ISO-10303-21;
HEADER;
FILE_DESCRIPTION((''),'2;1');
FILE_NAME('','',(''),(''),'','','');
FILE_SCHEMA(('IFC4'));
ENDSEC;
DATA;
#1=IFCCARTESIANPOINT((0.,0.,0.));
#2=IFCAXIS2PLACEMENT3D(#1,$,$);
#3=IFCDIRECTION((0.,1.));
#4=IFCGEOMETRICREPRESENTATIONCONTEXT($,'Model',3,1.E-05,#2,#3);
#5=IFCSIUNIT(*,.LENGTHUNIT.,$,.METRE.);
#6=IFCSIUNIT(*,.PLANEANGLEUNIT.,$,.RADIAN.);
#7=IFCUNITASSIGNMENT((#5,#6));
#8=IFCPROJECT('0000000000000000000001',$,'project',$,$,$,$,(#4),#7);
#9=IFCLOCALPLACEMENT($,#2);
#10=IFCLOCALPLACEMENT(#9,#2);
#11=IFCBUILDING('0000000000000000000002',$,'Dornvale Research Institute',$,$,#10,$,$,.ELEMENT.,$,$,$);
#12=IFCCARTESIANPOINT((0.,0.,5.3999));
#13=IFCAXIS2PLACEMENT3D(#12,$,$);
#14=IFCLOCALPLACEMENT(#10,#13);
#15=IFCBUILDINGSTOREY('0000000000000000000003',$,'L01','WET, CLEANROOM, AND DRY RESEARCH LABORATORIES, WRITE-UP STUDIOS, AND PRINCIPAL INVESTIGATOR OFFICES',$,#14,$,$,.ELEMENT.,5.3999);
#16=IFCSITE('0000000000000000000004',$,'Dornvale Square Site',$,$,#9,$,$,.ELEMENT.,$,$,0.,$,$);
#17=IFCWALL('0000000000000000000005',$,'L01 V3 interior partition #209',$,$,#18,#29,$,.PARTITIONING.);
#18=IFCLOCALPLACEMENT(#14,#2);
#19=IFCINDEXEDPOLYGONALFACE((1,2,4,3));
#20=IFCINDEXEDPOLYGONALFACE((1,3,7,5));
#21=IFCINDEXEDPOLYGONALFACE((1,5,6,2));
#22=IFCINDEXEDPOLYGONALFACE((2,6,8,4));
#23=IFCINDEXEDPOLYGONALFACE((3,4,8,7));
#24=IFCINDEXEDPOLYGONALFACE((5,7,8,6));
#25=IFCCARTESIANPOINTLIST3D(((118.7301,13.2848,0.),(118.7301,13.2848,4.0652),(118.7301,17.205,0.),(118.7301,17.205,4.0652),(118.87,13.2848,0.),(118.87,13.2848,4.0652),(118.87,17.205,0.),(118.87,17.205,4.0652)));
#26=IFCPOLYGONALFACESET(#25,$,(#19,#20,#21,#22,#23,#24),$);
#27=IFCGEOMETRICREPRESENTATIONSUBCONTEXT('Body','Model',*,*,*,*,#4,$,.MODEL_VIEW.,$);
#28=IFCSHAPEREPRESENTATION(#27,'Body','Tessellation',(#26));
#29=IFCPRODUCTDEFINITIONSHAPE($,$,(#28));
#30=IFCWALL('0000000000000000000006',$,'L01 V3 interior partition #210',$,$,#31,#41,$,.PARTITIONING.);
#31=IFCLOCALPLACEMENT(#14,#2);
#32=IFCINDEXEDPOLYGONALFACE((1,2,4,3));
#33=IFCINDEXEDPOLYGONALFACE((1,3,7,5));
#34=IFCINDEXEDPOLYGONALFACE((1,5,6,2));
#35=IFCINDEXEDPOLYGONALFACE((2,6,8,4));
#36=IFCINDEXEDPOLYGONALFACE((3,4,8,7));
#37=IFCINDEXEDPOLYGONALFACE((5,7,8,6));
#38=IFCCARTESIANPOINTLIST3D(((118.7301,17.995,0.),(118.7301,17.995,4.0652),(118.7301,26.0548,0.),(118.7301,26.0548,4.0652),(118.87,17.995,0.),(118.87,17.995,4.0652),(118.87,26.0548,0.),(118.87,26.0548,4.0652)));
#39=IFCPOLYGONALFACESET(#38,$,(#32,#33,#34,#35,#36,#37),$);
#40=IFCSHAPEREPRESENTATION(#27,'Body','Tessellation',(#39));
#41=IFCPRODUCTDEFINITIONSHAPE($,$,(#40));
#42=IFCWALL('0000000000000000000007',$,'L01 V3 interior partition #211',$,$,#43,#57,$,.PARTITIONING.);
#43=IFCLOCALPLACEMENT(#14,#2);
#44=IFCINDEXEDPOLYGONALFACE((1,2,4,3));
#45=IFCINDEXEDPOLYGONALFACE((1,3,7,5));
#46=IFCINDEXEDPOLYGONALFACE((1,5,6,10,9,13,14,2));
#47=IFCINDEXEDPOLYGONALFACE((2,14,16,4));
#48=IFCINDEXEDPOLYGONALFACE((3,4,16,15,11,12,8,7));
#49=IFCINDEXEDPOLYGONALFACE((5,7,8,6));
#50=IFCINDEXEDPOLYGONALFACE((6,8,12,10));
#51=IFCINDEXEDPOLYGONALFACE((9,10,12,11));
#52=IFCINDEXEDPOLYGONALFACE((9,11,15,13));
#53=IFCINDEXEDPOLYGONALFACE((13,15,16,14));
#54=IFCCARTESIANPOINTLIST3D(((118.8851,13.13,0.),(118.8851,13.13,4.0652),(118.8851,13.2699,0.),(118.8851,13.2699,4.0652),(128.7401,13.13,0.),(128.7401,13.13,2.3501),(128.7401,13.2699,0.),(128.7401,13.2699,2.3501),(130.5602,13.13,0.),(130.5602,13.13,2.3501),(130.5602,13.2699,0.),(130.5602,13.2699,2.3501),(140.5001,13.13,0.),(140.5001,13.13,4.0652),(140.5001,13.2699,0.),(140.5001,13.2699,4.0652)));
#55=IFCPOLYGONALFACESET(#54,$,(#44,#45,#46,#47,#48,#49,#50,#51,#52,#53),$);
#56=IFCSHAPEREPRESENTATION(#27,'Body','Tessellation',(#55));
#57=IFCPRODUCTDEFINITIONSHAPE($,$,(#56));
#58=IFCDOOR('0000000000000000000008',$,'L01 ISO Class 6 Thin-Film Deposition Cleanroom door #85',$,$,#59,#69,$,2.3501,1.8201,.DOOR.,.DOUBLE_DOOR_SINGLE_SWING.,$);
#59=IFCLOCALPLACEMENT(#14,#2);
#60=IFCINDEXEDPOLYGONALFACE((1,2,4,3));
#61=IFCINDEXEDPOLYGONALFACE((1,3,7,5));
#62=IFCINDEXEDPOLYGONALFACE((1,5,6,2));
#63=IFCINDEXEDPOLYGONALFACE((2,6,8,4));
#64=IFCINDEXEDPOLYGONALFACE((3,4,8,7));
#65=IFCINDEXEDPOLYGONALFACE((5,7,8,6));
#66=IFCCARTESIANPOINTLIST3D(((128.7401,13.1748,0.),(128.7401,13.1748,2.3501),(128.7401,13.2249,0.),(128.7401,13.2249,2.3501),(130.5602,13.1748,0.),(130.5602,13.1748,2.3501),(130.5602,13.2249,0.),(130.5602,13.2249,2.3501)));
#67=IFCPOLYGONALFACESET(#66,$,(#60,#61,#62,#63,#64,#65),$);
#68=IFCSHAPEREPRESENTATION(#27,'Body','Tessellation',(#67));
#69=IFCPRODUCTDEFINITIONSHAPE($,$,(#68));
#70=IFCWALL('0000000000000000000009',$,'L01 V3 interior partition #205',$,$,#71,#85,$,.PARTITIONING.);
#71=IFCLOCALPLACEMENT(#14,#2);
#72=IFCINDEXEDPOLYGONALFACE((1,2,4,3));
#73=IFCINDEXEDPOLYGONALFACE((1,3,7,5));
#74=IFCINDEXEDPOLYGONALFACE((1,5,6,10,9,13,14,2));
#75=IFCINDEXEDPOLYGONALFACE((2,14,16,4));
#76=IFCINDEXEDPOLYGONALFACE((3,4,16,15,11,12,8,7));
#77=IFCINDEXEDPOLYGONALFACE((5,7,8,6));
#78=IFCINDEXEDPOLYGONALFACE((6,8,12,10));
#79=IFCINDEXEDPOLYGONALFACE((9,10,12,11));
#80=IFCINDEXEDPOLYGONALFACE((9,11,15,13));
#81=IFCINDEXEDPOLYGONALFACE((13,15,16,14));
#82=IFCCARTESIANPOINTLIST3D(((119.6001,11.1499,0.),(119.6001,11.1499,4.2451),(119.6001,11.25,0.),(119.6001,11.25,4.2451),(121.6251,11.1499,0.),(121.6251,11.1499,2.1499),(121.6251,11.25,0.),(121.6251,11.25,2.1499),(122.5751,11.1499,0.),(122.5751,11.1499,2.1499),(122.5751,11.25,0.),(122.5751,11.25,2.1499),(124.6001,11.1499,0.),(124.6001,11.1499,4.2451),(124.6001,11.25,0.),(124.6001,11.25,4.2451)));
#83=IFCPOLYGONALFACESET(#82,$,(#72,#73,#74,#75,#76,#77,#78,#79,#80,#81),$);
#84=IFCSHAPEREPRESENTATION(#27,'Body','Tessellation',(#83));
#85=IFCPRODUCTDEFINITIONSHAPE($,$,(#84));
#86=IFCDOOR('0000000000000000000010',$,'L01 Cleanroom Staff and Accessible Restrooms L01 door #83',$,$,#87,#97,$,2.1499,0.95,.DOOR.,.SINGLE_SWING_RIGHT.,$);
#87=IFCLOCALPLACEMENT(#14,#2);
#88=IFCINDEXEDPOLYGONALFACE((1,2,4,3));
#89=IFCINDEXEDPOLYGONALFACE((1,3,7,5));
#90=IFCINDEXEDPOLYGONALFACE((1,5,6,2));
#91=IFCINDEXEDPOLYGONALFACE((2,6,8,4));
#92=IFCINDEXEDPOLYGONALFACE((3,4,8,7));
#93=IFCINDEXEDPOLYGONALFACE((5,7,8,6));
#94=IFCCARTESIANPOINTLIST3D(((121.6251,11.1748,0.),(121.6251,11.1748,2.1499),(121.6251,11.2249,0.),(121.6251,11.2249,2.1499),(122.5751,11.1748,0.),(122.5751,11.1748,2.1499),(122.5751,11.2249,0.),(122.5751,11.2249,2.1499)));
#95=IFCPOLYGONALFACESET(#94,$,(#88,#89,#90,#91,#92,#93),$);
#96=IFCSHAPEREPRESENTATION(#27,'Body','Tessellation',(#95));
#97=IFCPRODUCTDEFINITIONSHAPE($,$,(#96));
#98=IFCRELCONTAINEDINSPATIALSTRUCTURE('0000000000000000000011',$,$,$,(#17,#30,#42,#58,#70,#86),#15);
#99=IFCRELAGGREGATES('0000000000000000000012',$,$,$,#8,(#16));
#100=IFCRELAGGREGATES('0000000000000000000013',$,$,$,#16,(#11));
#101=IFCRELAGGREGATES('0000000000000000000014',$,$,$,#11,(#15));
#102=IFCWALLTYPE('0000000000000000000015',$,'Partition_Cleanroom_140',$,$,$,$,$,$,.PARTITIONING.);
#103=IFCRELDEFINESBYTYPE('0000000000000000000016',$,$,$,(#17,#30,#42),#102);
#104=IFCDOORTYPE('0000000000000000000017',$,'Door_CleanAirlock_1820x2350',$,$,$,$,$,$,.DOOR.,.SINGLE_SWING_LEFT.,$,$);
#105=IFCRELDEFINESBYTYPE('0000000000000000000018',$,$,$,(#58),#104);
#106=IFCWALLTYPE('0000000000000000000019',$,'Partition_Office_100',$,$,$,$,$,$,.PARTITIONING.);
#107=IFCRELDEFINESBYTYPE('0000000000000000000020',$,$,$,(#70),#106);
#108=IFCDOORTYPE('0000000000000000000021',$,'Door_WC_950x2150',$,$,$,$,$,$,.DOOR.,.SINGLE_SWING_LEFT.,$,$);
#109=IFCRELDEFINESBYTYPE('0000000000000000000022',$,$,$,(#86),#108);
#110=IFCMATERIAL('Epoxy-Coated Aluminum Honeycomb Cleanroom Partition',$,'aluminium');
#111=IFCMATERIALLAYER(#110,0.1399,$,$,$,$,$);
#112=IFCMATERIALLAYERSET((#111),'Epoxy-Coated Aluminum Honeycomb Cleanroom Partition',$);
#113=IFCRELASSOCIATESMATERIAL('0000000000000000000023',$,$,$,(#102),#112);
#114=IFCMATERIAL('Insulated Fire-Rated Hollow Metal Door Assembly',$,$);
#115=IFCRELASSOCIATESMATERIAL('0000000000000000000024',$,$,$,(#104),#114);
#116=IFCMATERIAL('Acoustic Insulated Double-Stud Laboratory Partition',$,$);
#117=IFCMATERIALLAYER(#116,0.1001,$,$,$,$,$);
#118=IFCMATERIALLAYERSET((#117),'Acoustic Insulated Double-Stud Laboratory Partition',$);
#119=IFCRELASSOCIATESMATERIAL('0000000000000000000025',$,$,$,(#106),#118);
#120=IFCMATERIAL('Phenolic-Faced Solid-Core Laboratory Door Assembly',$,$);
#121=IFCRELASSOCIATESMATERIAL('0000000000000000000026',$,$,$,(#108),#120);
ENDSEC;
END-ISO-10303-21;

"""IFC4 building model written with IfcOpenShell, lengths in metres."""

from ifc_helpers import new_model, si_unit, direction, frame, frame_2d, origin, place, context, subcontext, project, spatial, rectangle, extrude, material, layer, layer_set, type_object, element, fill, save


model = new_model("IFC4")

# Units and contexts
model_context = context("Model", 3, precision=1e-05, world=origin(), true_north=direction((0.0, 1.0)))
body_context = subcontext(model_context, "Body", "Model", "MODEL_VIEW")
ifc_project = project(units=[si_unit("LENGTHUNIT", "METRE"), si_unit("PLANEANGLEUNIT", "RADIAN")], contexts=[model_context])

# Site, building, storey
site_placement = place(None, origin())
site = spatial("IfcSite", under=ifc_project, at=site_placement, Name="Dornvale Square Site", CompositionType="ELEMENT", RefElevation=0.0)
building_placement = place(site_placement, origin())
building = spatial("IfcBuilding", under=site, at=building_placement, Name="Dornvale Research Institute", CompositionType="ELEMENT")
storey_placement = place(building_placement, frame((0.0, 0.0, 5.3999)))
storey = spatial("IfcBuildingStorey", under=building, at=storey_placement, Name="L01", Description="WET, CLEANROOM, AND DRY RESEARCH LABORATORIES, WRITE-UP STUDIOS, AND PRINCIPAL INVESTIGATOR OFFICES", CompositionType="ELEMENT", Elevation=5.3999)

# Walls
ifc_material_1 = material(Name="Epoxy-Coated Aluminum Honeycomb Cleanroom Partition", Category="aluminium")
ifc_layer_1 = layer(ifc_material_1, 0.1399)
ifc_layer_set_1 = layer_set([ifc_layer_1], Name="Epoxy-Coated Aluminum Honeycomb Cleanroom Partition")
wall_type_1 = type_object("IfcWallType", Name="Partition_Cleanroom_140", PredefinedType="PARTITIONING", material=ifc_layer_set_1)
wall_1_placement = place(storey_placement, frame((118.8, 13.2849, 0.0), z_axis=(0.0, 0.0, 1.0), x_axis=(0.0, 1.0, 0.0)))
element("IfcWall", 1, at=wall_1_placement, inside=storey, type_object=wall_type_1, Name="L01 V3 interior partition #209", PredefinedType="PARTITIONING", context=body_context, shape_type="SweptSolid", body=[
    extrude(rectangle(XDim=3.9202, YDim=0.1399, at=frame_2d((1.96, 0.0))), origin(), (0.0, 0.0, 1.0), 4.0652),
])
wall_2_placement = place(storey_placement, frame((118.8, 17.9951, 0.0), z_axis=(0.0, 0.0, 1.0), x_axis=(0.0, 1.0, 0.0)))
element("IfcWall", 2, at=wall_2_placement, inside=storey, type_object=wall_type_1, Name="L01 V3 interior partition #210", PredefinedType="PARTITIONING", context=body_context, shape_type="SweptSolid", body=[
    extrude(rectangle(XDim=8.0598, YDim=0.1399, at=frame_2d((4.0298, 0.0))), origin(), (0.0, 0.0, 1.0), 4.0652),
])

# Walls, openings, doors
wall_3_placement = place(storey_placement, frame((118.885, 13.2, 0.0), z_axis=(0.0, 0.0, 1.0), x_axis=(1.0, 0.0, 0.0)))
wall_3 = element("IfcWall", 3, at=wall_3_placement, inside=storey, type_object=wall_type_1, Name="L01 V3 interior partition #211", PredefinedType="PARTITIONING", context=body_context, shape_type="SweptSolid", body=[
    extrude(rectangle(XDim=21.615, YDim=0.1399, at=frame_2d((10.8076, 0.0))), origin(), (0.0, 0.0, 1.0), 4.0652),
])
opening_1_placement = place(wall_3_placement, frame((9.855, 0.0, 0.0)))
opening_1 = element("IfcOpeningElement", 4, at=opening_1_placement, cuts=wall_3, PredefinedType="OPENING", context=body_context, shape_type="SweptSolid", body=[
    extrude(rectangle(XDim=1.8201, YDim=2.3501, at=frame_2d((0.9102, 1.175))), frame((0.0, 0.085, 0.0), z_axis=(0.0, -1.0, 0.0), x_axis=(1.0, 0.0, 0.0)), (0.0, 0.0, 1.0), 0.1699),
])
ifc_material_2 = material(Name="Insulated Fire-Rated Hollow Metal Door Assembly")
door_type_1 = type_object("IfcDoorType", Name="Door_CleanAirlock_1820x2350", OperationType="SINGLE_SWING_LEFT", PredefinedType="DOOR", material=ifc_material_2)
door_1_placement = place(opening_1_placement, origin())
door_1 = element("IfcDoor", 5, at=door_1_placement, inside=storey, type_object=door_type_1, Name="L01 ISO Class 6 Thin-Film Deposition Cleanroom door #85", OperationType="DOUBLE_DOOR_SINGLE_SWING", OverallHeight=2.3501, OverallWidth=1.8201, PredefinedType="DOOR", context=body_context, shape_type="SweptSolid", body=[
    extrude(rectangle(XDim=1.8201, YDim=2.3501, at=frame_2d((0.9102, 1.175))), frame((0.0, 0.0249, 0.0), z_axis=(0.0, -1.0, 0.0), x_axis=(1.0, 0.0, 0.0)), (0.0, 0.0, 1.0), 0.05),
])
fill(opening_1, door_1)
ifc_material_3 = material(Name="Acoustic Insulated Double-Stud Laboratory Partition")
ifc_layer_2 = layer(ifc_material_3, 0.1001)
ifc_layer_set_2 = layer_set([ifc_layer_2], Name="Acoustic Insulated Double-Stud Laboratory Partition")
wall_type_2 = type_object("IfcWallType", Name="Partition_Office_100", PredefinedType="PARTITIONING", material=ifc_layer_set_2)
wall_4_placement = place(storey_placement, frame((119.6001, 11.2, 0.0), z_axis=(0.0, 0.0, 1.0), x_axis=(1.0, 0.0, 0.0)))
wall_4 = element("IfcWall", 6, at=wall_4_placement, inside=storey, type_object=wall_type_2, Name="L01 V3 interior partition #205", PredefinedType="PARTITIONING", context=body_context, shape_type="SweptSolid", body=[
    extrude(rectangle(XDim=5.0, YDim=0.1001, at=frame_2d((2.5, 0.0))), origin(), (0.0, 0.0, 1.0), 4.2451),
])
opening_2_placement = place(wall_4_placement, frame((2.0249, 0.0, 0.0)))
opening_2 = element("IfcOpeningElement", 7, at=opening_2_placement, cuts=wall_4, PredefinedType="OPENING", context=body_context, shape_type="SweptSolid", body=[
    extrude(rectangle(XDim=0.95, YDim=2.1499, at=frame_2d((0.4751, 1.075))), frame((0.0, 0.0649, 0.0), z_axis=(0.0, -1.0, 0.0), x_axis=(1.0, 0.0, 0.0)), (0.0, 0.0, 1.0), 0.1301),
])
ifc_material_4 = material(Name="Phenolic-Faced Solid-Core Laboratory Door Assembly")
door_type_2 = type_object("IfcDoorType", Name="Door_WC_950x2150", OperationType="SINGLE_SWING_LEFT", PredefinedType="DOOR", material=ifc_material_4)
door_2_placement = place(opening_2_placement, origin())
door_2 = element("IfcDoor", 8, at=door_2_placement, inside=storey, type_object=door_type_2, Name="L01 Cleanroom Staff and Accessible Restrooms L01 door #83", OperationType="SINGLE_SWING_RIGHT", OverallHeight=2.1499, OverallWidth=0.95, PredefinedType="DOOR", context=body_context, shape_type="SweptSolid", body=[
    extrude(rectangle(XDim=0.95, YDim=2.1499, at=frame_2d((0.4751, 1.075))), frame((0.0, 0.0249, 0.0), z_axis=(0.0, -1.0, 0.0), x_axis=(1.0, 0.0, 0.0)), (0.0, 0.0, 1.0), 0.05),
])
fill(opening_2, door_2)

save(model, "model.ifc")
